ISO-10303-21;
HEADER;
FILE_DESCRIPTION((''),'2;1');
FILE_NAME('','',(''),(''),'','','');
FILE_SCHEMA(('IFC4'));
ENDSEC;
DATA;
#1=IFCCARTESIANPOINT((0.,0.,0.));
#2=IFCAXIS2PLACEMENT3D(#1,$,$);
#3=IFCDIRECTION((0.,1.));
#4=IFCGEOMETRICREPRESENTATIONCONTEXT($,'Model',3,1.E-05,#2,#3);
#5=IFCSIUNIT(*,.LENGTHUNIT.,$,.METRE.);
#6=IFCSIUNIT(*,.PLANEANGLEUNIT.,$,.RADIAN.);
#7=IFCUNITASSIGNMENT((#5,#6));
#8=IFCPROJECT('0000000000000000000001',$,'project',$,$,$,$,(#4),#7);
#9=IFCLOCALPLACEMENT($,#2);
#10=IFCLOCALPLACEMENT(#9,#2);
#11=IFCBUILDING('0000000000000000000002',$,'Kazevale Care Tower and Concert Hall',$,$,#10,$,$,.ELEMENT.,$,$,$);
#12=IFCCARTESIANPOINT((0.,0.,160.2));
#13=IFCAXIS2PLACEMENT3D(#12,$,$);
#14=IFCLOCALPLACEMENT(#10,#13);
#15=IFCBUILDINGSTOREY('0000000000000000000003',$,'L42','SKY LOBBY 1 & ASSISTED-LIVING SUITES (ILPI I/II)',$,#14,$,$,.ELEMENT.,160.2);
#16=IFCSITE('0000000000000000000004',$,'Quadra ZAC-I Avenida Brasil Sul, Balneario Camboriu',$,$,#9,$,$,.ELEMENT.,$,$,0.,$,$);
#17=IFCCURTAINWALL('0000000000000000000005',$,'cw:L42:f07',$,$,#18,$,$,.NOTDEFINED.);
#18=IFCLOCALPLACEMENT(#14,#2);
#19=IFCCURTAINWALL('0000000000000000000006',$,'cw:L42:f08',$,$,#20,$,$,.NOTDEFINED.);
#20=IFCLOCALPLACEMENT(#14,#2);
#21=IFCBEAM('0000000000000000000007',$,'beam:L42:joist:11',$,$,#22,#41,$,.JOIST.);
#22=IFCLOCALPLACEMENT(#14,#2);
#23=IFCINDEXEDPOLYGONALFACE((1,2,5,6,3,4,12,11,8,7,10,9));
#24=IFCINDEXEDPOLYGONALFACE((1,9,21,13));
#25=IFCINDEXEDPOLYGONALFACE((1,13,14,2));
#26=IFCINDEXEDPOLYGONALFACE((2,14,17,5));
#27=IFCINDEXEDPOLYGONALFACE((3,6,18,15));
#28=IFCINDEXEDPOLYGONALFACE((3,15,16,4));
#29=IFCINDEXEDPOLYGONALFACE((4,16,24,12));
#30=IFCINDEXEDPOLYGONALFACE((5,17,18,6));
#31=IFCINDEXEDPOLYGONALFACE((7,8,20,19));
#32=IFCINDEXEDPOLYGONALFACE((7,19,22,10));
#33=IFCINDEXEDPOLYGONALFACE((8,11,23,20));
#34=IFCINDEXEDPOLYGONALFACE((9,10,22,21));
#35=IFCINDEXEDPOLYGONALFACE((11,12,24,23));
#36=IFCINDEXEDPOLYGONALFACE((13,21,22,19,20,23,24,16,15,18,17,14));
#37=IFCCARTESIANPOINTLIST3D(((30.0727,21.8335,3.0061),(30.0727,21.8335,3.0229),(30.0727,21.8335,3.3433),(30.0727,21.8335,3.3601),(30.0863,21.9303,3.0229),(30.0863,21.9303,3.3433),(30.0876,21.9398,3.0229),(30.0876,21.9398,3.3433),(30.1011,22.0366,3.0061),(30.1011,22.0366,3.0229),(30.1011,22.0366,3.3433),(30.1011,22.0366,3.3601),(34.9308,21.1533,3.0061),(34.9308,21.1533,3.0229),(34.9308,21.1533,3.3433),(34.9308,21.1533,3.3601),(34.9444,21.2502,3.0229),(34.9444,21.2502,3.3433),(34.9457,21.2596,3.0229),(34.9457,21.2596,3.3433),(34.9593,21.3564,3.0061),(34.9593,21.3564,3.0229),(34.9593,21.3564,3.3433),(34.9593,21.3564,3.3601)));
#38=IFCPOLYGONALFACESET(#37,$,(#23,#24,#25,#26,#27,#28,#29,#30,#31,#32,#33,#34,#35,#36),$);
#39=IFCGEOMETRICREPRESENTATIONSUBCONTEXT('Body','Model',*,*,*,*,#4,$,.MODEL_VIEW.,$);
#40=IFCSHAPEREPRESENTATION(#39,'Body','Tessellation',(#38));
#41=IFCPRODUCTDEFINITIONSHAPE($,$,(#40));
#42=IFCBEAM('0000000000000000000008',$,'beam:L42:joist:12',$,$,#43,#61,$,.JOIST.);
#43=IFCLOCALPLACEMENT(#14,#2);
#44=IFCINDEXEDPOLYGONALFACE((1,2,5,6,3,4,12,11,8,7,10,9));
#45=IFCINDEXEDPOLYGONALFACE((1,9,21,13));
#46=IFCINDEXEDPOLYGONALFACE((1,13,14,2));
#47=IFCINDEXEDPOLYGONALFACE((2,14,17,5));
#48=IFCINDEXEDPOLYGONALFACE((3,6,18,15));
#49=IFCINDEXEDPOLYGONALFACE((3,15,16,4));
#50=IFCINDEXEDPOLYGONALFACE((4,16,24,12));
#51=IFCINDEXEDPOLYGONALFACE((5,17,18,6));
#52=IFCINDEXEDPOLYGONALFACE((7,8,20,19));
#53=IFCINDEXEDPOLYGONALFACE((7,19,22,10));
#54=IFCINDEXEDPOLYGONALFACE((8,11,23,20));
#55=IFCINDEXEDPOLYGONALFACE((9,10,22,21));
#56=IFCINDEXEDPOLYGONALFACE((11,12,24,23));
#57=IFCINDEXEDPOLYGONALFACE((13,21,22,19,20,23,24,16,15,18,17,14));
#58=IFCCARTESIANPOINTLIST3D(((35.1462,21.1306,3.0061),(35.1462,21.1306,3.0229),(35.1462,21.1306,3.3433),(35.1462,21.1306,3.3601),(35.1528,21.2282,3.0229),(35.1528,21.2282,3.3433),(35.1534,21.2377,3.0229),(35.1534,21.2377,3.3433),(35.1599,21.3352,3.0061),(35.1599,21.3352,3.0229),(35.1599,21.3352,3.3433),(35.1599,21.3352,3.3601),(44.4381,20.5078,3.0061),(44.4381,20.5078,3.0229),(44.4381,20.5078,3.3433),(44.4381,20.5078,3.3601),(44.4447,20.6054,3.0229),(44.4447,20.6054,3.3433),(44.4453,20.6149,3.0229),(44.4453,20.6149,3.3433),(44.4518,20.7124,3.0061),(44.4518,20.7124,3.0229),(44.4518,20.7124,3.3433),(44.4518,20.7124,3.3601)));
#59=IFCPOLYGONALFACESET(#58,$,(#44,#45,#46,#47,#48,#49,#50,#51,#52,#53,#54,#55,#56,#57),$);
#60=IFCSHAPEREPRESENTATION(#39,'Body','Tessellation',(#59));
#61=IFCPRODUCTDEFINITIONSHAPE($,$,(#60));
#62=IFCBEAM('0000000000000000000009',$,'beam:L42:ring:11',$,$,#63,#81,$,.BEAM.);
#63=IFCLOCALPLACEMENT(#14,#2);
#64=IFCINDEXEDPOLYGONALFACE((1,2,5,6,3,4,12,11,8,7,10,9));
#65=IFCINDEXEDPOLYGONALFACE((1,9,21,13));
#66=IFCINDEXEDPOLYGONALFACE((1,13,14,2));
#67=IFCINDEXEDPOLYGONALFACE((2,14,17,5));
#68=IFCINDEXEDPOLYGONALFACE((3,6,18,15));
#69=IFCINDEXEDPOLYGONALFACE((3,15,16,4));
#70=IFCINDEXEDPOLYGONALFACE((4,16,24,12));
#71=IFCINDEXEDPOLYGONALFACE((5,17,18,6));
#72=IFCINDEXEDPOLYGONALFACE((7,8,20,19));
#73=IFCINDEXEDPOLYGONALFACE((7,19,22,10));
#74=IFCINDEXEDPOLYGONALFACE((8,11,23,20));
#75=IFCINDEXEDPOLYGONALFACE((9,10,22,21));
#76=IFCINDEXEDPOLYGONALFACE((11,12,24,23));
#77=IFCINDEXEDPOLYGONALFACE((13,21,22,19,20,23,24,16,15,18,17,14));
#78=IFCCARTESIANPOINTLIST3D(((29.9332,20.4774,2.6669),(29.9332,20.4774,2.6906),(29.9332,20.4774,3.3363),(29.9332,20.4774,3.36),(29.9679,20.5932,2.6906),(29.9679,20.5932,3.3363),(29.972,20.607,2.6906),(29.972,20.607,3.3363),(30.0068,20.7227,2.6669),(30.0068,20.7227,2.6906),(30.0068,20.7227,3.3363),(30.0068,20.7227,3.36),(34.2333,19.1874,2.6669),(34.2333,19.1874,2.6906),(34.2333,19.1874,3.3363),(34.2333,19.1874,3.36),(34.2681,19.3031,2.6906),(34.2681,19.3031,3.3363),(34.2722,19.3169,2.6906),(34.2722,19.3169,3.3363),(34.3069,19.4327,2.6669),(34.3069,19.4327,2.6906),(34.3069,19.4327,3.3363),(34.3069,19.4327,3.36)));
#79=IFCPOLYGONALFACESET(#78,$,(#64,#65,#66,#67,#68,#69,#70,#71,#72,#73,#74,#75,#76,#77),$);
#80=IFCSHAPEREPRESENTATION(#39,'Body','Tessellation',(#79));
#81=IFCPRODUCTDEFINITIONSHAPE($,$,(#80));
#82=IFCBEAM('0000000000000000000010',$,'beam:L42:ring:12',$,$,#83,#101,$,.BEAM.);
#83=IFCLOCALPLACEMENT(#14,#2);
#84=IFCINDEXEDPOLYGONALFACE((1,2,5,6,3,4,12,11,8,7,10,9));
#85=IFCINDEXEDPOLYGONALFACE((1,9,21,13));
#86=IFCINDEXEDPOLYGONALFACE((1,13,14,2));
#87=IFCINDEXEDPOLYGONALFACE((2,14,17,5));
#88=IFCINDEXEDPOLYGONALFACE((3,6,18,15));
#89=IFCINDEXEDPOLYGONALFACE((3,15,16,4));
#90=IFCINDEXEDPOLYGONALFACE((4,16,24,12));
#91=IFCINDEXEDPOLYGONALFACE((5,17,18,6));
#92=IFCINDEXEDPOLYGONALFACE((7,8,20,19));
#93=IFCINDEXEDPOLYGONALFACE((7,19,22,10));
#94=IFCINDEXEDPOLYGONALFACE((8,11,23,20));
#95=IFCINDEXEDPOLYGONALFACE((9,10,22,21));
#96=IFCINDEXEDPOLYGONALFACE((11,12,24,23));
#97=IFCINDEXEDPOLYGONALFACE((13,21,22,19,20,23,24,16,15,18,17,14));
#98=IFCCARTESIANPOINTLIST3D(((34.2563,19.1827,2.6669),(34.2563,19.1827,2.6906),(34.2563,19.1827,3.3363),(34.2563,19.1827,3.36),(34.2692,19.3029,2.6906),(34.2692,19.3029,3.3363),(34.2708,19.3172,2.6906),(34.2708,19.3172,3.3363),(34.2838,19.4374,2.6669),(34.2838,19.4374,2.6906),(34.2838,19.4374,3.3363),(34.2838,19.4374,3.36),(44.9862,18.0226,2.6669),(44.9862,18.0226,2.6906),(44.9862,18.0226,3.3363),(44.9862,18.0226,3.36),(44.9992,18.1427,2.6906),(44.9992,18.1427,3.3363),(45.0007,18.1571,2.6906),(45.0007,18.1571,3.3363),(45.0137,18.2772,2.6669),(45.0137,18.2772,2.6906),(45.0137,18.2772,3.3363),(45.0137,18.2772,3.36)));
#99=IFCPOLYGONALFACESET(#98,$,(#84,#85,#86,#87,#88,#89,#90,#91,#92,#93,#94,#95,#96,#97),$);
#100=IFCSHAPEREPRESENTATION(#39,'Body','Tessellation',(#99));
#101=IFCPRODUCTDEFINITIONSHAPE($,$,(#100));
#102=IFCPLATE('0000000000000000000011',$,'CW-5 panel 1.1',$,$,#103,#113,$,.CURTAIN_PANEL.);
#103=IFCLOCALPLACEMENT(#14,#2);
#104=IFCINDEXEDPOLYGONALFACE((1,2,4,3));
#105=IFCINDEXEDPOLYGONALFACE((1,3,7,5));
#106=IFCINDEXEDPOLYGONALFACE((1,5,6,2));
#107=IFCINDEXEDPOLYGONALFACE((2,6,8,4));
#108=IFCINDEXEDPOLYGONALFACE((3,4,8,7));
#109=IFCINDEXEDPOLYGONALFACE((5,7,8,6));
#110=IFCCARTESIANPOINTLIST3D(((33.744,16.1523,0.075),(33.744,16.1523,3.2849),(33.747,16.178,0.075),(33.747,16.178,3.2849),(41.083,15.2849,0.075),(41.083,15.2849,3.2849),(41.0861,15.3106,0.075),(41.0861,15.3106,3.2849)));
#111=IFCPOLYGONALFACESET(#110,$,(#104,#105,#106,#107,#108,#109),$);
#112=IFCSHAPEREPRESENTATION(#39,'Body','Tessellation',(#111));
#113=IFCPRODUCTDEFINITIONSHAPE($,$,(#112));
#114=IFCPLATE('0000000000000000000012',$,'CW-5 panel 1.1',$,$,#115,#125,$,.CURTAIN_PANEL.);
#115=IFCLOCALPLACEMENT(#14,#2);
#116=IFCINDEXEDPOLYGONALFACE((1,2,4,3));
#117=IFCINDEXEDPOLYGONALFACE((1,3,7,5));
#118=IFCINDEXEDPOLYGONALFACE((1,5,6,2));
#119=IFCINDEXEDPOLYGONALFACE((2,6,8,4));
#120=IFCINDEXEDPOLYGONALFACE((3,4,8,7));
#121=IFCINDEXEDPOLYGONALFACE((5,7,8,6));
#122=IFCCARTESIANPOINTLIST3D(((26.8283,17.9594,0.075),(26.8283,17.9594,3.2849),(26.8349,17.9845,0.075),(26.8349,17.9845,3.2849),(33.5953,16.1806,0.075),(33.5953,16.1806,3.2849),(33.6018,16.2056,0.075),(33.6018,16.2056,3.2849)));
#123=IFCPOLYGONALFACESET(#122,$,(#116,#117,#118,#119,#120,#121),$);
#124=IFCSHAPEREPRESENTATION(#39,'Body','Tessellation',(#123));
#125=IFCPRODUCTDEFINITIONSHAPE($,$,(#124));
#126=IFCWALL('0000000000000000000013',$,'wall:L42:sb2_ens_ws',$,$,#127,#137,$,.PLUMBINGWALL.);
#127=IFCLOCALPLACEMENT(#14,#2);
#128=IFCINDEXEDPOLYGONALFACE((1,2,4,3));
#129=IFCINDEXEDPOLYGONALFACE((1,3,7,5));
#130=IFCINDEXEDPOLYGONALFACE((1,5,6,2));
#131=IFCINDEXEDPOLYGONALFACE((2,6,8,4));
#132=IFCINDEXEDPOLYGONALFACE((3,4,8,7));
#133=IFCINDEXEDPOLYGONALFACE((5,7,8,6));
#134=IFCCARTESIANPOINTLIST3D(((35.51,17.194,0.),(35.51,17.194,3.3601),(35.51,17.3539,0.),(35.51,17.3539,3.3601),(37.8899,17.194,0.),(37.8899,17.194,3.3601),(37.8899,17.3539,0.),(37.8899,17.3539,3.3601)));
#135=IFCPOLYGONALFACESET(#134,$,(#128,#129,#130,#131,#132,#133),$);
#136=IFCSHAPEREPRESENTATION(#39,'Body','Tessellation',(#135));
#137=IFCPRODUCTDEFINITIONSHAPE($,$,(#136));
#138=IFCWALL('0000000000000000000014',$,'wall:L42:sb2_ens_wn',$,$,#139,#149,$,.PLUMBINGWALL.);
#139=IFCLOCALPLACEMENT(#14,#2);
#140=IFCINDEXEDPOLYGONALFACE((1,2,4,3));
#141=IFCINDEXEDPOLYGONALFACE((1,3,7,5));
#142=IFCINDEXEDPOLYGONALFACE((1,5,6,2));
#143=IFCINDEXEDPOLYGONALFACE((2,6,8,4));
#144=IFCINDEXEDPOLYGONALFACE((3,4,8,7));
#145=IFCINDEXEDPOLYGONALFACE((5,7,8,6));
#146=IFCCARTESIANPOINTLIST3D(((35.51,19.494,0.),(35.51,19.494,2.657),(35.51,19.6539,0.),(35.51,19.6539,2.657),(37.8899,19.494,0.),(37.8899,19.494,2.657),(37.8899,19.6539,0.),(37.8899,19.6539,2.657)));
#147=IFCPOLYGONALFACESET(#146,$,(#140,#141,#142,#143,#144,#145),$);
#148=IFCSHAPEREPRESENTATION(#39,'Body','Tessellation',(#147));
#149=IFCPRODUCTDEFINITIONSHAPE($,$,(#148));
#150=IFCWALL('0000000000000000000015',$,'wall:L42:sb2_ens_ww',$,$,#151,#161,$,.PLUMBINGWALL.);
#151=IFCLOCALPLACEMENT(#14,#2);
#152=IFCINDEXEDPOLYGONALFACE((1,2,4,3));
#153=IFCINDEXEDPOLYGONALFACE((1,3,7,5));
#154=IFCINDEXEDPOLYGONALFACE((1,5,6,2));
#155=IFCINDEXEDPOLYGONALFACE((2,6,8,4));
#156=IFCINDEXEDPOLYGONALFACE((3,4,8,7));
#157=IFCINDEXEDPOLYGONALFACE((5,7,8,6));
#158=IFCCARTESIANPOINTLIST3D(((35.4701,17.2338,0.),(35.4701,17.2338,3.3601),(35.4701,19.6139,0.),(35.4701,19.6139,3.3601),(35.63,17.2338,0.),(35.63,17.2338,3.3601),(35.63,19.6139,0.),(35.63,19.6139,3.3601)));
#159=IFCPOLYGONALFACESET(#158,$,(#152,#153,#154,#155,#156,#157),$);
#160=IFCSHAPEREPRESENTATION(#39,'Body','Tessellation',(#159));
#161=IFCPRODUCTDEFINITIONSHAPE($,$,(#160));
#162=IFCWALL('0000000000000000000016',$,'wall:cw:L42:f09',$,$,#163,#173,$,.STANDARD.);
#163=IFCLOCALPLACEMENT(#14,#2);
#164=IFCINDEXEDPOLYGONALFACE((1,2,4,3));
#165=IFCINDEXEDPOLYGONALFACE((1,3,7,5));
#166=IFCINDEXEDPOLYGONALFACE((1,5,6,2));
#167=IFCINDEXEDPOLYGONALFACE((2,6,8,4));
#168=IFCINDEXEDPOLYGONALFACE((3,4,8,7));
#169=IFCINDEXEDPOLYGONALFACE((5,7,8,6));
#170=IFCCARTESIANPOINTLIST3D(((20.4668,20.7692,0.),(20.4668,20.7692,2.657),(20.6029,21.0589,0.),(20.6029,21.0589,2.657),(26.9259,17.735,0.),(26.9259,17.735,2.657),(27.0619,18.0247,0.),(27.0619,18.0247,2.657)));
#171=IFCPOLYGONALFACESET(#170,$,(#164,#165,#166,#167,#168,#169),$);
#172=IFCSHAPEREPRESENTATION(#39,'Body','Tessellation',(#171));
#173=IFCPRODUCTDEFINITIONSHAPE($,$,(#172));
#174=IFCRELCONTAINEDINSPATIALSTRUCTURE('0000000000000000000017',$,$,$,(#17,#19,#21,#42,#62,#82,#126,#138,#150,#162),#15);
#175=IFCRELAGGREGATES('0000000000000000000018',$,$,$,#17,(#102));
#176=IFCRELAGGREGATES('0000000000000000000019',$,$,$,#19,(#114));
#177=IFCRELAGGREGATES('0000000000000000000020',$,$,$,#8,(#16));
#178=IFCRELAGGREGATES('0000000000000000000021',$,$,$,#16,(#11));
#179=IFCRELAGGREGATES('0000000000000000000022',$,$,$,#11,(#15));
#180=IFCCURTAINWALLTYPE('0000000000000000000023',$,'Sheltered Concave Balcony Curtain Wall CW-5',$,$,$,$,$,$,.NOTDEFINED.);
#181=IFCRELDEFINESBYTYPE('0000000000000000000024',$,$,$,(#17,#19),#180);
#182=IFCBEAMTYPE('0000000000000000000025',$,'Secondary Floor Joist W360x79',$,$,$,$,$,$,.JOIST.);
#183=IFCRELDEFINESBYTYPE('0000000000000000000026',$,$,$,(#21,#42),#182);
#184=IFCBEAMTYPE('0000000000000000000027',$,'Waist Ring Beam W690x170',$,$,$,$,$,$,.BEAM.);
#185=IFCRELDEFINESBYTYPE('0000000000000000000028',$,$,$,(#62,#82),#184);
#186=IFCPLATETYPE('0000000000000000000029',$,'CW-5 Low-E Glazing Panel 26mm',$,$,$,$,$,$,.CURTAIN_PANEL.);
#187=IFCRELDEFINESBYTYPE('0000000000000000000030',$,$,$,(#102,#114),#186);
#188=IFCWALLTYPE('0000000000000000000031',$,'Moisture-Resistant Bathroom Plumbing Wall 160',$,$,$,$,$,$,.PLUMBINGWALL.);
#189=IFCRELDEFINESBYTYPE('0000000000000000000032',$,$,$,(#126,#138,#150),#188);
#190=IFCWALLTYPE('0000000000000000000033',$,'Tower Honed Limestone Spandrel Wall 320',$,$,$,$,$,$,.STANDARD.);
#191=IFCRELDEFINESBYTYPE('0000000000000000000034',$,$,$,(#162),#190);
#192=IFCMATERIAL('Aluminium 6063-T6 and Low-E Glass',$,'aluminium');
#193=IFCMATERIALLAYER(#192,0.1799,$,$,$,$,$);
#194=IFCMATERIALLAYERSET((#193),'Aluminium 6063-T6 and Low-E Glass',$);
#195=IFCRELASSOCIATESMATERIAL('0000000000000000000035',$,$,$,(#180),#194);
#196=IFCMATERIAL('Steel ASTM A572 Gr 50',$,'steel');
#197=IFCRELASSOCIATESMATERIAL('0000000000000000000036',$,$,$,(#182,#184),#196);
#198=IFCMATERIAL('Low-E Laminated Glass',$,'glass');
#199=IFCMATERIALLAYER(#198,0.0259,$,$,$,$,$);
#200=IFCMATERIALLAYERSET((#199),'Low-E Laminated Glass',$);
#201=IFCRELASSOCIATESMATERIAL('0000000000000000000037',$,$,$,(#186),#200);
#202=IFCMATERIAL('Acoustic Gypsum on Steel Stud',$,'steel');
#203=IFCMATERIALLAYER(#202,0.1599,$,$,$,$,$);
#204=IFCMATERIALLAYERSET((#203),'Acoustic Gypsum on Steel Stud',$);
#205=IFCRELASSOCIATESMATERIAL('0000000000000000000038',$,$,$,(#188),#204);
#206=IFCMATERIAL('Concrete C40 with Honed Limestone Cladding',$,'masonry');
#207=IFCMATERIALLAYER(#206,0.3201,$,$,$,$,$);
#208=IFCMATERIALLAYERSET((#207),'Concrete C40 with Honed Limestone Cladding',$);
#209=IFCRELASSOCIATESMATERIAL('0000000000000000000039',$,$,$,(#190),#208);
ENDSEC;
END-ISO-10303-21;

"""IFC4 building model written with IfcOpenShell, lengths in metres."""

from ifc_helpers import new_model, si_unit, direction, frame, frame_2d, origin, origin_2d, place, context, subcontext, project, spatial, rectangle, i_section, extrude, material, layer, layer_set, material_profile, profile_set, type_object, element, aggregate, save


model = new_model("IFC4")

# Units and contexts
model_context = context("Model", 3, precision=1e-05, world=origin(), true_north=direction((0.0, 1.0)))
body_context = subcontext(model_context, "Body", "Model", "MODEL_VIEW")
ifc_project = project(units=[si_unit("LENGTHUNIT", "METRE"), si_unit("PLANEANGLEUNIT", "RADIAN")], contexts=[model_context])

# Site, building, storey
site_placement = place(None, origin())
site = spatial("IfcSite", under=ifc_project, at=site_placement, Name="Quadra ZAC-I Avenida Brasil Sul, Balneario Camboriu", CompositionType="ELEMENT", RefElevation=0.0)
building_placement = place(site_placement, origin())
building = spatial("IfcBuilding", under=site, at=building_placement, Name="Kazevale Care Tower and Concert Hall", CompositionType="ELEMENT")
storey_placement = place(building_placement, frame((0.0, 0.0, 160.2)))
storey = spatial("IfcBuildingStorey", under=building, at=storey_placement, Name="L42", Description="SKY LOBBY 1 & ASSISTED-LIVING SUITES (ILPI I/II)", CompositionType="ELEMENT", Elevation=160.2)

# Curtain wall
ifc_material_1 = material(Name="Aluminium 6063-T6 and Low-E Glass", Category="aluminium")
ifc_layer_1 = layer(ifc_material_1, 0.1799)
ifc_layer_set_1 = layer_set([ifc_layer_1], Name="Aluminium 6063-T6 and Low-E Glass")
curtain_wall_type = type_object("IfcCurtainWallType", Name="Sheltered Concave Balcony Curtain Wall CW-5", PredefinedType="NOTDEFINED", material=ifc_layer_set_1)
curtain_wall_1_placement = place(storey_placement, origin())
curtain_wall_1 = element("IfcCurtainWall", 1, at=curtain_wall_1_placement, inside=storey, type_object=curtain_wall_type, Name="cw:L42:f07", PredefinedType="NOTDEFINED")

# Curtain wall
curtain_wall_2_placement = place(storey_placement, origin())
curtain_wall_2 = element("IfcCurtainWall", 2, at=curtain_wall_2_placement, inside=storey, type_object=curtain_wall_type, Name="cw:L42:f08", PredefinedType="NOTDEFINED")

# Beams
ifc_material_2 = material(Name="Steel ASTM A572 Gr 50", Category="steel")
ifc_material_profile_1 = material_profile(ifc_material_2, i_section(OverallWidth=0.2051, OverallDepth=0.354, WebThickness=0.0095, FlangeThickness=0.0168, at=origin_2d()), Name="W360x79")
ifc_profile_set_1 = profile_set([ifc_material_profile_1], Name="Steel ASTM A572 Gr 50")
beam_type_1 = type_object("IfcBeamType", Name="Secondary Floor Joist W360x79", PredefinedType="JOIST", material=ifc_profile_set_1)
beam_1_placement = place(storey_placement, frame((30.0869, 21.9351, 3.1831), z_axis=(0.990341, -0.138655, 0.0), x_axis=(0.138655, 0.990341, 0.0)))
element("IfcBeam", 3, at=beam_1_placement, inside=storey, type_object=beam_type_1, Name="beam:L42:joist:11", PredefinedType="JOIST", context=body_context, shape_type="SweptSolid", body=[
    extrude(i_section(OverallWidth=0.2051, OverallDepth=0.354, WebThickness=0.0095, FlangeThickness=0.0168, at=origin_2d()), origin(), (0.0, 0.0, 1.0), 4.9055),
])
beam_2_placement = place(storey_placement, frame((35.1531, 21.2329, 3.1831), z_axis=(0.997761, -0.066876, 0.0), x_axis=(0.066876, 0.997761, 0.0)))
element("IfcBeam", 4, at=beam_2_placement, inside=storey, type_object=beam_type_1, Name="beam:L42:joist:12", PredefinedType="JOIST", context=body_context, shape_type="SweptSolid", body=[
    extrude(i_section(OverallWidth=0.2051, OverallDepth=0.354, WebThickness=0.0095, FlangeThickness=0.0168, at=origin_2d()), origin(), (0.0, 0.0, 1.0), 9.3127),
])
ifc_material_profile_2 = material_profile(ifc_material_2, i_section(OverallWidth=0.2561, OverallDepth=0.6931, WebThickness=0.0144, FlangeThickness=0.0237, at=origin_2d()), Name="W690x170")
ifc_profile_set_2 = profile_set([ifc_material_profile_2], Name="Steel ASTM A572 Gr 50")
beam_type_2 = type_object("IfcBeamType", Name="Waist Ring Beam W690x170", PredefinedType="BEAM", material=ifc_profile_set_2)
beam_3_placement = place(storey_placement, frame((29.97, 20.6001, 3.0134), z_axis=(0.957825, -0.287353, 0.0), x_axis=(0.287353, 0.957825, 0.0)))
element("IfcBeam", 5, at=beam_3_placement, inside=storey, type_object=beam_type_2, Name="beam:L42:ring:11", PredefinedType="BEAM", context=body_context, shape_type="SweptSolid", body=[
    extrude(i_section(OverallWidth=0.2561, OverallDepth=0.6931, WebThickness=0.0144, FlangeThickness=0.0237, at=origin_2d()), origin(), (0.0, 0.0, 1.0), 4.4895),
])
beam_4_placement = place(storey_placement, frame((34.27, 19.3101, 3.0134), z_axis=(0.994205, -0.107496, 0.0), x_axis=(0.107496, 0.994205, 0.0)))
element("IfcBeam", 6, at=beam_4_placement, inside=storey, type_object=beam_type_2, Name="beam:L42:ring:12", PredefinedType="BEAM", context=body_context, shape_type="SweptSolid", body=[
    extrude(i_section(OverallWidth=0.2561, OverallDepth=0.6931, WebThickness=0.0144, FlangeThickness=0.0237, at=origin_2d()), origin(), (0.0, 0.0, 1.0), 10.7925),
])

# Plates
ifc_material_3 = material(Name="Low-E Laminated Glass", Category="glass")
ifc_layer_2 = layer(ifc_material_3, 0.0259)
ifc_layer_set_2 = layer_set([ifc_layer_2], Name="Low-E Laminated Glass")
plate_type = type_object("IfcPlateType", Name="CW-5 Low-E Glazing Panel 26mm", PredefinedType="CURTAIN_PANEL", material=ifc_layer_set_2)
plate_1_placement = place(storey_placement, frame((37.415, 15.7314, 0.075), z_axis=(0.0, 0.0, 1.0), x_axis=(-0.993088, 0.117372, 0.0)))
plate_1 = element("IfcPlate", 7, at=plate_1_placement, type_object=plate_type, Name="CW-5 panel 1.1", PredefinedType="CURTAIN_PANEL", context=body_context, shape_type="SweptSolid", body=[
    extrude(rectangle(XDim=7.3901, YDim=0.0259, at=origin_2d()), origin(), (0.0, 0.0, 1.0), 3.21),
])
aggregate(curtain_wall_1, [plate_1])
plate_2_placement = place(storey_placement, frame((30.2151, 17.0825, 0.075), z_axis=(0.0, 0.0, 1.0), x_axis=(-0.967142, 0.254238, 0.0)))
plate_2 = element("IfcPlate", 8, at=plate_2_placement, type_object=plate_type, Name="CW-5 panel 1.1", PredefinedType="CURTAIN_PANEL", context=body_context, shape_type="SweptSolid", body=[
    extrude(rectangle(XDim=6.9968, YDim=0.0259, at=origin_2d()), origin(), (0.0, 0.0, 1.0), 3.21),
])
aggregate(curtain_wall_2, [plate_2])

# Walls
ifc_material_4 = material(Name="Acoustic Gypsum on Steel Stud", Category="steel")
ifc_layer_3 = layer(ifc_material_4, 0.1599)
ifc_layer_set_3 = layer_set([ifc_layer_3], Name="Acoustic Gypsum on Steel Stud")
wall_type_1 = type_object("IfcWallType", Name="Moisture-Resistant Bathroom Plumbing Wall 160", PredefinedType="PLUMBINGWALL", material=ifc_layer_set_3)
wall_1_placement = place(storey_placement, frame((35.51, 17.2739, 0.0), z_axis=(0.0, 0.0, 1.0), x_axis=(1.0, 0.0, 0.0)))
element("IfcWall", 9, at=wall_1_placement, inside=storey, type_object=wall_type_1, Name="wall:L42:sb2_ens_ws", PredefinedType="PLUMBINGWALL", context=body_context, shape_type="SweptSolid", body=[
    extrude(rectangle(XDim=2.3799, YDim=0.1599, at=frame_2d((1.1899, 0.0))), origin(), (0.0, 0.0, 1.0), 3.3601),
])
wall_2_placement = place(storey_placement, frame((35.51, 19.574, 0.0), z_axis=(0.0, 0.0, 1.0), x_axis=(1.0, 0.0, 0.0)))
element("IfcWall", 10, at=wall_2_placement, inside=storey, type_object=wall_type_1, Name="wall:L42:sb2_ens_wn", PredefinedType="PLUMBINGWALL", context=body_context, shape_type="SweptSolid", body=[
    extrude(rectangle(XDim=2.3799, YDim=0.1599, at=frame_2d((1.1899, 0.0))), origin(), (0.0, 0.0, 1.0), 2.657),
])
wall_3_placement = place(storey_placement, frame((35.55, 17.2339, 0.0), z_axis=(0.0, 0.0, 1.0), x_axis=(0.0, 1.0, 0.0)))
element("IfcWall", 11, at=wall_3_placement, inside=storey, type_object=wall_type_1, Name="wall:L42:sb2_ens_ww", PredefinedType="PLUMBINGWALL", context=body_context, shape_type="SweptSolid", body=[
    extrude(rectangle(XDim=2.3801, YDim=0.1599, at=frame_2d((1.1899, 0.0))), origin(), (0.0, 0.0, 1.0), 3.3601),
])
ifc_material_5 = material(Name="Concrete C40 with Honed Limestone Cladding", Category="masonry")
ifc_layer_4 = layer(ifc_material_5, 0.3201)
ifc_layer_set_4 = layer_set([ifc_layer_4], Name="Concrete C40 with Honed Limestone Cladding")
wall_type_2 = type_object("IfcWallType", Name="Tower Honed Limestone Spandrel Wall 320", PredefinedType="STANDARD", material=ifc_layer_set_4)
wall_4_placement = place(storey_placement, frame((26.9939, 17.8799, 0.0), z_axis=(0.0, 0.0, 1.0), x_axis=(-0.905107, 0.425184, 0.0)))
element("IfcWall", 12, at=wall_4_placement, inside=storey, type_object=wall_type_2, Name="wall:cw:L42:f09", PredefinedType="STANDARD", context=body_context, shape_type="SweptSolid", body=[
    extrude(rectangle(XDim=7.1362, YDim=0.3201, at=frame_2d((3.5681, 0.0))), origin(), (0.0, 0.0, 1.0), 2.657),
])

save(model, "model.ifc")
